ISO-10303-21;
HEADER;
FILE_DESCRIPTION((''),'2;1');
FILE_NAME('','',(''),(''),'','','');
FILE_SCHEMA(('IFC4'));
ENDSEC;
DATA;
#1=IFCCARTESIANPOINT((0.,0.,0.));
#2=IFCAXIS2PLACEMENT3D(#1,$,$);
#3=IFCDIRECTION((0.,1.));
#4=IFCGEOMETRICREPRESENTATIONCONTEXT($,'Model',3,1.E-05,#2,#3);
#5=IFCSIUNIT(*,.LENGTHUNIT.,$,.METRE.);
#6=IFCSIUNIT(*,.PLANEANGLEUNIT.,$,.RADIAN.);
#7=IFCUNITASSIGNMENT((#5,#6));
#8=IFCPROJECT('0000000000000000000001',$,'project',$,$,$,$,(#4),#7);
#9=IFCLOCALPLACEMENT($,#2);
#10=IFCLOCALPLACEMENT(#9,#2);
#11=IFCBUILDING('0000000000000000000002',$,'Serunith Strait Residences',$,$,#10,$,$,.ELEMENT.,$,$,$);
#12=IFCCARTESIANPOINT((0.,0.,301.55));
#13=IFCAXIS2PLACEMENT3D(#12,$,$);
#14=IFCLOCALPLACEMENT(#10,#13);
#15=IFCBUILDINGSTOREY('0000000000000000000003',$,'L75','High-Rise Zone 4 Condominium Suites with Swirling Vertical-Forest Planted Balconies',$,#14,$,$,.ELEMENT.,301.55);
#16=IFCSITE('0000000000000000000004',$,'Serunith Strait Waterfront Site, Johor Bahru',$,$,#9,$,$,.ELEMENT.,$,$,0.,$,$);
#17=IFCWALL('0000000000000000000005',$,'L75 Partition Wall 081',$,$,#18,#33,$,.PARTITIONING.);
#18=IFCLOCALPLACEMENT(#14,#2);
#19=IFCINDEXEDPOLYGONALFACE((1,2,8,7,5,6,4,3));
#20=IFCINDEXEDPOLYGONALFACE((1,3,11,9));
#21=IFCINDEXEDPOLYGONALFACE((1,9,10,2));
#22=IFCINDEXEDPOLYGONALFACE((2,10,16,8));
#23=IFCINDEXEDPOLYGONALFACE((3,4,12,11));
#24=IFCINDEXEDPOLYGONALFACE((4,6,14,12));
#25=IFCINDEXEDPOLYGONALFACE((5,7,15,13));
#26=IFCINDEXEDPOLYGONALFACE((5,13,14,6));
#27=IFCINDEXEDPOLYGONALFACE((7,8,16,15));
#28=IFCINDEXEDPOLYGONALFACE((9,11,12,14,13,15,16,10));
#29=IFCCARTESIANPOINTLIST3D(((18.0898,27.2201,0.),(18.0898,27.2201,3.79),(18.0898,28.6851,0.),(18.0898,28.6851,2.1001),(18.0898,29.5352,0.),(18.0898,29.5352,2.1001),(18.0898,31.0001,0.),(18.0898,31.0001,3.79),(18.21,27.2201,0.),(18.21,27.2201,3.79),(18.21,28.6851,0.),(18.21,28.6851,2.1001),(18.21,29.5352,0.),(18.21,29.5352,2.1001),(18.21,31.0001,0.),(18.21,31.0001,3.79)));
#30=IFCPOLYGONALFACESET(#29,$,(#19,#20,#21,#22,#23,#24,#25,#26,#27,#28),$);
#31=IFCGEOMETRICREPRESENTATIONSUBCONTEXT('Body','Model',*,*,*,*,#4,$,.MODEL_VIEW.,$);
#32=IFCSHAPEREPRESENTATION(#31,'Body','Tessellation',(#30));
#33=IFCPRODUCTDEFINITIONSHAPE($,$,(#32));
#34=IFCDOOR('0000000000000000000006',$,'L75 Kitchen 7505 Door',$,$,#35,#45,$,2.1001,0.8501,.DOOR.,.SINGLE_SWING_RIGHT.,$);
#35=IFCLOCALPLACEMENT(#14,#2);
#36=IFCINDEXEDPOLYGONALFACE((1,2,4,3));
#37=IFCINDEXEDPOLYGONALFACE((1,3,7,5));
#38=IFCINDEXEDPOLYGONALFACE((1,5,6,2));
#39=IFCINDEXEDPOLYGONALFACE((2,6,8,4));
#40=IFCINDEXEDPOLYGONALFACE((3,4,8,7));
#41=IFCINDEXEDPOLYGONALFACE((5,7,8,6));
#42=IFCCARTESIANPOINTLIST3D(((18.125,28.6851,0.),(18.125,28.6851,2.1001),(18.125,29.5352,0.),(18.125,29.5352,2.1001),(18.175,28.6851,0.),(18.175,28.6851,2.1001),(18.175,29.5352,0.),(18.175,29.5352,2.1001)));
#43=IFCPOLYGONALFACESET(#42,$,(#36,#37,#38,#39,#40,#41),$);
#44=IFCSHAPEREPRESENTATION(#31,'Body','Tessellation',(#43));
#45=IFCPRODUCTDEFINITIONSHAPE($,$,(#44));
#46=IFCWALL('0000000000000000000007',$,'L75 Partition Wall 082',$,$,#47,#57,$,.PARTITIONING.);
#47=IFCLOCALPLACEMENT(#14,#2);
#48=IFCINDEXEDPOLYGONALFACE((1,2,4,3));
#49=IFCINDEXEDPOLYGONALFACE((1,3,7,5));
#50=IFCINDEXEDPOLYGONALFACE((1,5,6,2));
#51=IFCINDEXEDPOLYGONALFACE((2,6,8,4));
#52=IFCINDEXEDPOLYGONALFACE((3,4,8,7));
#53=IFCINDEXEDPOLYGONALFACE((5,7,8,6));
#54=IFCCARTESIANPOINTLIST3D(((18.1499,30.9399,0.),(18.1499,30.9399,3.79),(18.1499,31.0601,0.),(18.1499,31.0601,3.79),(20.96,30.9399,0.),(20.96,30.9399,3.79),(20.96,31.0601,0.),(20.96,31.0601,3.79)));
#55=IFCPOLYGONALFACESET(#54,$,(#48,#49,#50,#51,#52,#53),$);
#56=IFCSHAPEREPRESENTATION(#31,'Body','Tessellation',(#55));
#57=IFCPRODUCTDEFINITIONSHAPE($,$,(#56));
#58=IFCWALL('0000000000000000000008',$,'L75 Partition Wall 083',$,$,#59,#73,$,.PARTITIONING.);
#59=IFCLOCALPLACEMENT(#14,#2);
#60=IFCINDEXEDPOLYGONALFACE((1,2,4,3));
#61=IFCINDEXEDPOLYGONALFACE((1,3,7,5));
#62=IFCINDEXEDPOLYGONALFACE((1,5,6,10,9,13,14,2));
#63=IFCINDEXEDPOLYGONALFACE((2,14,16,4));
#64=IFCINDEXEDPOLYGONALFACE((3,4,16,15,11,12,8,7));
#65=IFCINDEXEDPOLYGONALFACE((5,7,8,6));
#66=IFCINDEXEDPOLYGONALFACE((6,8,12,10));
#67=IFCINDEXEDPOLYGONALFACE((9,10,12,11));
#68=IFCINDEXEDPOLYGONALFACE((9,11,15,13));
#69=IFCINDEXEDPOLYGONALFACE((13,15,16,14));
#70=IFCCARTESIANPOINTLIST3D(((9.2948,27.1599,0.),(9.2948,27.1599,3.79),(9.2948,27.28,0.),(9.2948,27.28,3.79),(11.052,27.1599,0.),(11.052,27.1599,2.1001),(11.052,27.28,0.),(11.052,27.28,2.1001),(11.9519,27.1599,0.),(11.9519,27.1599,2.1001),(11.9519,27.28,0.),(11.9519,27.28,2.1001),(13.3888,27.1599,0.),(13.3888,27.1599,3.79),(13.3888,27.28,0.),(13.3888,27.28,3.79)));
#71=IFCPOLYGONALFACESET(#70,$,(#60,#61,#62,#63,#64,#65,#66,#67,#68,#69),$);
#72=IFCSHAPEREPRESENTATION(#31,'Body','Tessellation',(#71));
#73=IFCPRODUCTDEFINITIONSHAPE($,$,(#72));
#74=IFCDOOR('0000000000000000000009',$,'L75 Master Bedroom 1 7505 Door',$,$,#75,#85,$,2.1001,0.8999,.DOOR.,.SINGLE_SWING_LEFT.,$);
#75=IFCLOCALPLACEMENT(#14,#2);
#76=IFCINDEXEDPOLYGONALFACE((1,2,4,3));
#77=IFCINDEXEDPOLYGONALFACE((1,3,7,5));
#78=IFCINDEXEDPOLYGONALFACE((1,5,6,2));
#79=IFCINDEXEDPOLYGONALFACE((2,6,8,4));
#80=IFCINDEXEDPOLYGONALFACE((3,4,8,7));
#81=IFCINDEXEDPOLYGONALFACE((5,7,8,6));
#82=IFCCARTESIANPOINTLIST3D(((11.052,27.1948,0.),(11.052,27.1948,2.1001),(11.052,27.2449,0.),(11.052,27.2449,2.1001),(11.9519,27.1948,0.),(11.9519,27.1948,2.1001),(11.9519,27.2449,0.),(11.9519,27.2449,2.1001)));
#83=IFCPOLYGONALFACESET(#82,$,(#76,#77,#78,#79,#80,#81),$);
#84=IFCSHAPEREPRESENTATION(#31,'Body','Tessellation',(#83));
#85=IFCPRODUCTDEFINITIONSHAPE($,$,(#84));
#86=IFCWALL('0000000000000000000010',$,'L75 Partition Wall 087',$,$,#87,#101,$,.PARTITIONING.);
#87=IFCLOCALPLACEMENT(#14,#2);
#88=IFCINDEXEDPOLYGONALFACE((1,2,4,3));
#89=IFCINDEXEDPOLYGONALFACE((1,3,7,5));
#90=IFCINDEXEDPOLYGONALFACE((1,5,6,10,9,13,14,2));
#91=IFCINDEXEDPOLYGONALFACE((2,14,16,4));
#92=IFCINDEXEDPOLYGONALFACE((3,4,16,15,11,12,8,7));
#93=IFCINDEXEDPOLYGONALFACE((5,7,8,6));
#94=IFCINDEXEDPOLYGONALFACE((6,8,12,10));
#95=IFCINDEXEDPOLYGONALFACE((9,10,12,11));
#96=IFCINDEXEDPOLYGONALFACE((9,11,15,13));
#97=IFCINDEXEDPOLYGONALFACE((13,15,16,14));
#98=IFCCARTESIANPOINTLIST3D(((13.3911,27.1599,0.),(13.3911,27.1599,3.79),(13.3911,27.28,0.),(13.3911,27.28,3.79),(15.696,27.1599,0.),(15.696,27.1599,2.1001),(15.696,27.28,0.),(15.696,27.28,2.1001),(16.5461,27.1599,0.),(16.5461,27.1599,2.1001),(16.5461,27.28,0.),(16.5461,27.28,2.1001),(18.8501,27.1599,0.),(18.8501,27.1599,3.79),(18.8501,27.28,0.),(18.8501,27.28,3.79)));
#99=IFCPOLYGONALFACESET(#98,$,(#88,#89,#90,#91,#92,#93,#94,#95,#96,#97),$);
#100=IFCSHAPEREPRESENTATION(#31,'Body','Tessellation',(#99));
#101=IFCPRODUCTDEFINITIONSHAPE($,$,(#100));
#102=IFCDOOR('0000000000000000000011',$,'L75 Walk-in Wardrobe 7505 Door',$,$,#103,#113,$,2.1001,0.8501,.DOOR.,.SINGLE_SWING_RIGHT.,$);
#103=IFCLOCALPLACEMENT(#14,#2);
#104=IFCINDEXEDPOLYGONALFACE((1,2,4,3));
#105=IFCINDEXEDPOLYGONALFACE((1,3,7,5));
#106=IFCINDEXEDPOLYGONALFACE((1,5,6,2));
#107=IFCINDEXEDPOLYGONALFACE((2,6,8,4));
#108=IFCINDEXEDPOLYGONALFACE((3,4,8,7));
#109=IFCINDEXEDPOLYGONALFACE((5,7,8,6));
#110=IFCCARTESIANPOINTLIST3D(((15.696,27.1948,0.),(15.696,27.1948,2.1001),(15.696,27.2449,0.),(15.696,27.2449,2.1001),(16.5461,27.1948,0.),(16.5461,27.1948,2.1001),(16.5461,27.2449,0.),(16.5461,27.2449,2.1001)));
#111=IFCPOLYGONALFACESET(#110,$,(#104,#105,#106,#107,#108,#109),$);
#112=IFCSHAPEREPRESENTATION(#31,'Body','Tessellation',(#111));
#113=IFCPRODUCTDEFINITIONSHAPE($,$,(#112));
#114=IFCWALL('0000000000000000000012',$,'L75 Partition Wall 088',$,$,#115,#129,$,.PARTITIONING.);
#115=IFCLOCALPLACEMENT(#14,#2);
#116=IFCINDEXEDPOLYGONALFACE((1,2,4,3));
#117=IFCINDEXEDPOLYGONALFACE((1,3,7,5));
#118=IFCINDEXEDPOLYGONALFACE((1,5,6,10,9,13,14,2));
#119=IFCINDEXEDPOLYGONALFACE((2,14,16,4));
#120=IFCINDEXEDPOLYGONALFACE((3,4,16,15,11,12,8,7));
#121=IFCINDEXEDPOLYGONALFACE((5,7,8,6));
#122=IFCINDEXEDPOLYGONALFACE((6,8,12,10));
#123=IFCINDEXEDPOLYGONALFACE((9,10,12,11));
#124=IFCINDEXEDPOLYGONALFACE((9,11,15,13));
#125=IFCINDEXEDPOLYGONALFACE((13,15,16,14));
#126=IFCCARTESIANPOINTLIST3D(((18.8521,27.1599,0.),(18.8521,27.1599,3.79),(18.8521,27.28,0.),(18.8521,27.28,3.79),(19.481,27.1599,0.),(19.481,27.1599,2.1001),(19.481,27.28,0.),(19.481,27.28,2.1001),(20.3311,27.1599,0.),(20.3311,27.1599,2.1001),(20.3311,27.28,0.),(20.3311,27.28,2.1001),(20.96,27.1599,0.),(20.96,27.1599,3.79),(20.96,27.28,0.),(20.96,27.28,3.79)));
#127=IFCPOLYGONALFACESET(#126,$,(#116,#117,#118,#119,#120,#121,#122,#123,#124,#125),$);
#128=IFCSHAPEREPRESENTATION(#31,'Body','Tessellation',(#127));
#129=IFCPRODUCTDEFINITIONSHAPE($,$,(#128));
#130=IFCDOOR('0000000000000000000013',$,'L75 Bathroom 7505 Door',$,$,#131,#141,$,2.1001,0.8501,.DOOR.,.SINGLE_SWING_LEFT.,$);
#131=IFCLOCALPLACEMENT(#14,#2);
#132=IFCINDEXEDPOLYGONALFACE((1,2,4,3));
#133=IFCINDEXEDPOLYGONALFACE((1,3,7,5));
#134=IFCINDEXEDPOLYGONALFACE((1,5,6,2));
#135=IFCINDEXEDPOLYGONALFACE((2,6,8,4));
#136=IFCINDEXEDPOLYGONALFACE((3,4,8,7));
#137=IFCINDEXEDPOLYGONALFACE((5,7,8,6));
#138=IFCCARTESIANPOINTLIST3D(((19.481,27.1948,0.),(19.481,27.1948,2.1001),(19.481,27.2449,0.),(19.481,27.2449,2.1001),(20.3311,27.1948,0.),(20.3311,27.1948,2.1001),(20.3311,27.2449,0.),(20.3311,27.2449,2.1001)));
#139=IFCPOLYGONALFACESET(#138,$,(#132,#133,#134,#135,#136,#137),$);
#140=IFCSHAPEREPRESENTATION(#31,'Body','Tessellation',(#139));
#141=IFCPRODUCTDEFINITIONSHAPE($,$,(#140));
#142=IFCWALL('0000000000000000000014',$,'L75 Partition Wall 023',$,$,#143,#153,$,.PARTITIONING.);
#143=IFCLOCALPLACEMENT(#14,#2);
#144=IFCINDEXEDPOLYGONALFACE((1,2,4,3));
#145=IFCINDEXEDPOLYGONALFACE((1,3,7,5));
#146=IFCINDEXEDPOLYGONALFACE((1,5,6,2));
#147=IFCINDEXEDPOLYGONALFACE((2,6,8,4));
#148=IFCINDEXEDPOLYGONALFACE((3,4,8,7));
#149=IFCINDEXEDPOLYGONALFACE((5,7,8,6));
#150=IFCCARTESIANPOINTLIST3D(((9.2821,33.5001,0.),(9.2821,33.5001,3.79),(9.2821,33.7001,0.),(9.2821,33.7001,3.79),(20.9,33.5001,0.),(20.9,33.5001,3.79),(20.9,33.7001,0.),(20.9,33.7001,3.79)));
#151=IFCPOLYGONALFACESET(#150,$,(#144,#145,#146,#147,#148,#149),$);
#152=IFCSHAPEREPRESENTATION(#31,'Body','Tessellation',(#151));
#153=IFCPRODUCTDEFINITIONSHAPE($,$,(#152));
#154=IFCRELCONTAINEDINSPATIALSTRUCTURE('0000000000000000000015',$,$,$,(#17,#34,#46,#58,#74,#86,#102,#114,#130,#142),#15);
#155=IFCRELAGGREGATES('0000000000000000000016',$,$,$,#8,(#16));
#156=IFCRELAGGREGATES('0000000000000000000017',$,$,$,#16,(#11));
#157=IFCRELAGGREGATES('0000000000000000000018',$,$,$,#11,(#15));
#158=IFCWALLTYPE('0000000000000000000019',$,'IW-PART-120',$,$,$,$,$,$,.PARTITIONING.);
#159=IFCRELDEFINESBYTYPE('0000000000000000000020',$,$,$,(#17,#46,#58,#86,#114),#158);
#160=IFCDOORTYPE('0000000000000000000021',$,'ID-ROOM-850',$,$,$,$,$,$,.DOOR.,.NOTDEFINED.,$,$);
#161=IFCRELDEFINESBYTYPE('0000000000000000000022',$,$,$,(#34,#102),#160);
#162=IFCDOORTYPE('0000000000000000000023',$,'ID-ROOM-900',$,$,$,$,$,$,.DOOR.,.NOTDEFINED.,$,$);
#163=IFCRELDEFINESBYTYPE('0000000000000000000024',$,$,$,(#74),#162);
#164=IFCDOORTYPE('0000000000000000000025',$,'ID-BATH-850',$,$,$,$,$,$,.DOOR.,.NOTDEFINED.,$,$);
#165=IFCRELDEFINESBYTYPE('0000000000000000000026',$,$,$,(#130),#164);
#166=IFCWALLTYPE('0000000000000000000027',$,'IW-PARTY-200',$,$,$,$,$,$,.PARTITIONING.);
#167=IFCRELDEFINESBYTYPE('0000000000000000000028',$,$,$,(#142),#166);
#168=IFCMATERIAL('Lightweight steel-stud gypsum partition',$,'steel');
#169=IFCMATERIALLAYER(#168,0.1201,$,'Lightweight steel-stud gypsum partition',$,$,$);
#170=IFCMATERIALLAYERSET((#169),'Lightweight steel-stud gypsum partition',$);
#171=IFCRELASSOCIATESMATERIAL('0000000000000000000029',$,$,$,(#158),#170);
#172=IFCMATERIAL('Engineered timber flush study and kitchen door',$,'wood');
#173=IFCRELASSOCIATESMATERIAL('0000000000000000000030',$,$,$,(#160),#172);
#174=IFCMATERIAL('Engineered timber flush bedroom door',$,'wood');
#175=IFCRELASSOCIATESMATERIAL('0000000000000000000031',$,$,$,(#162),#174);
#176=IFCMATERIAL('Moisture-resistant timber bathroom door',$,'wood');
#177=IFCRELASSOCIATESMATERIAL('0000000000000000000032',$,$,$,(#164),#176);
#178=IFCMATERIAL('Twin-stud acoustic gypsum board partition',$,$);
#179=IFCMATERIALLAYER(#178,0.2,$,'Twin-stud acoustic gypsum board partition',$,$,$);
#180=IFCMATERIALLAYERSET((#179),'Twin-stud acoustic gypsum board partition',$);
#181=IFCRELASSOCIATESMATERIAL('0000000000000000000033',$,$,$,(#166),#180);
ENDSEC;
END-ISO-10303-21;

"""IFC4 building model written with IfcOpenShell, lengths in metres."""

from ifc_helpers import new_model, si_unit, direction, frame, frame_2d, origin, place, context, subcontext, project, spatial, rectangle, extrude, source, transform, mapped, material, layer, layer_set, type_object, element, fill, save


model = new_model("IFC4")

# Units and contexts
model_context = context("Model", 3, precision=1e-05, world=origin(), true_north=direction((0.0, 1.0)))
body_context = subcontext(model_context, "Body", "Model", "MODEL_VIEW")
ifc_project = project(units=[si_unit("LENGTHUNIT", "METRE"), si_unit("PLANEANGLEUNIT", "RADIAN")], contexts=[model_context])

# Site, building, storey
site_placement = place(None, origin())
site = spatial("IfcSite", under=ifc_project, at=site_placement, Name="Serunith Strait Waterfront Site, Johor Bahru", CompositionType="ELEMENT", RefElevation=0.0)
building_placement = place(site_placement, origin())
building = spatial("IfcBuilding", under=site, at=building_placement, Name="Serunith Strait Residences", CompositionType="ELEMENT")
storey_placement = place(building_placement, frame((0.0, 0.0, 301.55)))
storey = spatial("IfcBuildingStorey", under=building, at=storey_placement, Name="L75", Description="High-Rise Zone 4 Condominium Suites with Swirling Vertical-Forest Planted Balconies", CompositionType="ELEMENT", Elevation=301.55)

# Wall, opening, door
ifc_material_1 = material(Name="Lightweight steel-stud gypsum partition", Category="steel")
ifc_layer_1 = layer(ifc_material_1, 0.1201, Name="Lightweight steel-stud gypsum partition")
ifc_layer_set_1 = layer_set([ifc_layer_1], Name="Lightweight steel-stud gypsum partition")
wall_type_1 = type_object("IfcWallType", Name="IW-PART-120", PredefinedType="PARTITIONING", material=ifc_layer_set_1)
wall_1_placement = place(storey_placement, frame((18.1499, 27.22, 0.0), z_axis=(0.0, 0.0, 1.0), x_axis=(0.0, 1.0, 0.0)))
wall_1 = element("IfcWall", 1, at=wall_1_placement, inside=storey, type_object=wall_type_1, Name="L75 Partition Wall 081", PredefinedType="PARTITIONING", context=body_context, shape_type="SweptSolid", body=[
    extrude(rectangle(XDim=3.78, YDim=0.1201, at=frame_2d((1.8901, 0.0))), origin(), (0.0, 0.0, 1.0), 3.79),
])
opening_1_placement = place(wall_1_placement, frame((1.4651, 0.0, 0.0)))
opening_1 = element("IfcOpeningElement", 2, at=opening_1_placement, cuts=wall_1, PredefinedType="OPENING", context=body_context, shape_type="SweptSolid", body=[
    extrude(rectangle(XDim=0.8501, YDim=2.1001, at=frame_2d((0.425, 1.05))), frame((0.0, 0.0701, 0.0), z_axis=(0.0, -1.0, 0.0), x_axis=(1.0, 0.0, 0.0)), (0.0, 0.0, 1.0), 0.1401),
])
ifc_material_2 = material(Name="Engineered timber flush study and kitchen door", Category="wood")
door_type_1 = type_object("IfcDoorType", Name="ID-ROOM-850", OperationType="NOTDEFINED", PredefinedType="DOOR", material=ifc_material_2)
shared_shape_1 = source(origin(), body_context, "Body", "SweptSolid", [
    extrude(rectangle(XDim=0.8501, YDim=2.1001, at=frame_2d((0.425, 1.05))), frame((0.0, 0.0249, 0.0), z_axis=(0.0, -1.0, 0.0), x_axis=(1.0, 0.0, 0.0)), (0.0, 0.0, 1.0), 0.05),
])
door_1_placement = place(opening_1_placement, origin())
door_1 = element("IfcDoor", 3, at=door_1_placement, inside=storey, type_object=door_type_1, Name="L75 Kitchen 7505 Door", OperationType="SINGLE_SWING_RIGHT", OverallHeight=2.1001, OverallWidth=0.8501, PredefinedType="DOOR", context=body_context, shape_type="MappedRepresentation", body=[
    mapped(shared_shape_1, transform((0.0, 0.0, 0.0), scale=1.0)),
])
fill(opening_1, door_1)

# Wall
wall_2_placement = place(storey_placement, frame((18.1499, 31.0, 0.0), z_axis=(0.0, 0.0, 1.0), x_axis=(1.0, 0.0, 0.0)))
element("IfcWall", 4, at=wall_2_placement, inside=storey, type_object=wall_type_1, Name="L75 Partition Wall 082", PredefinedType="PARTITIONING", context=body_context, shape_type="SweptSolid", body=[
    extrude(rectangle(XDim=2.8101, YDim=0.1201, at=frame_2d((1.405, 0.0))), origin(), (0.0, 0.0, 1.0), 3.79),
])

# Walls, openings, doors
wall_3_placement = place(storey_placement, frame((9.2949, 27.22, 0.0), z_axis=(0.0, 0.0, 1.0), x_axis=(1.0, 0.0, 0.0)))
wall_3 = element("IfcWall", 5, at=wall_3_placement, inside=storey, type_object=wall_type_1, Name="L75 Partition Wall 083", PredefinedType="PARTITIONING", context=body_context, shape_type="SweptSolid", body=[
    extrude(rectangle(XDim=4.094, YDim=0.1201, at=frame_2d((2.0469, 0.0))), origin(), (0.0, 0.0, 1.0), 3.79),
])
opening_2_placement = place(wall_3_placement, frame((1.7571, 0.0, 0.0)))
opening_2 = element("IfcOpeningElement", 6, at=opening_2_placement, cuts=wall_3, PredefinedType="OPENING", context=body_context, shape_type="SweptSolid", body=[
    extrude(rectangle(XDim=0.8999, YDim=2.1001, at=frame_2d((0.45, 1.05))), frame((0.0, 0.0701, 0.0), z_axis=(0.0, -1.0, 0.0), x_axis=(1.0, 0.0, 0.0)), (0.0, 0.0, 1.0), 0.1401),
])
ifc_material_3 = material(Name="Engineered timber flush bedroom door", Category="wood")
door_type_2 = type_object("IfcDoorType", Name="ID-ROOM-900", OperationType="NOTDEFINED", PredefinedType="DOOR", material=ifc_material_3)
shared_shape_2 = source(origin(), body_context, "Body", "SweptSolid", [
    extrude(rectangle(XDim=0.8999, YDim=2.1001, at=frame_2d((0.45, 1.05))), frame((0.0, 0.0249, 0.0), z_axis=(0.0, -1.0, 0.0), x_axis=(1.0, 0.0, 0.0)), (0.0, 0.0, 1.0), 0.05),
])
door_2_placement = place(opening_2_placement, origin())
door_2 = element("IfcDoor", 7, at=door_2_placement, inside=storey, type_object=door_type_2, Name="L75 Master Bedroom 1 7505 Door", OperationType="SINGLE_SWING_LEFT", OverallHeight=2.1001, OverallWidth=0.8999, PredefinedType="DOOR", context=body_context, shape_type="MappedRepresentation", body=[
    mapped(shared_shape_2, transform((0.0, 0.0, 0.0), scale=1.0)),
])
fill(opening_2, door_2)
wall_4_placement = place(storey_placement, frame((13.3911, 27.22, 0.0), z_axis=(0.0, 0.0, 1.0), x_axis=(1.0, 0.0, 0.0)))
wall_4 = element("IfcWall", 8, at=wall_4_placement, inside=storey, type_object=wall_type_1, Name="L75 Partition Wall 087", PredefinedType="PARTITIONING", context=body_context, shape_type="SweptSolid", body=[
    extrude(rectangle(XDim=5.459, YDim=0.1201, at=frame_2d((2.7295, 0.0))), origin(), (0.0, 0.0, 1.0), 3.79),
])
opening_3_placement = place(wall_4_placement, frame((2.3049, 0.0, 0.0)))
opening_3 = element("IfcOpeningElement", 9, at=opening_3_placement, cuts=wall_4, PredefinedType="OPENING", context=body_context, shape_type="SweptSolid", body=[
    extrude(rectangle(XDim=0.8501, YDim=2.1001, at=frame_2d((0.425, 1.05))), frame((0.0, 0.0701, 0.0), z_axis=(0.0, -1.0, 0.0), x_axis=(1.0, 0.0, 0.0)), (0.0, 0.0, 1.0), 0.1401),
])
door_3_placement = place(opening_3_placement, origin())
door_3 = element("IfcDoor", 10, at=door_3_placement, inside=storey, type_object=door_type_1, Name="L75 Walk-in Wardrobe 7505 Door", OperationType="SINGLE_SWING_RIGHT", OverallHeight=2.1001, OverallWidth=0.8501, PredefinedType="DOOR", context=body_context, shape_type="MappedRepresentation", body=[
    mapped(shared_shape_1, transform((0.0, 0.0, 0.0), scale=1.0)),
])
fill(opening_3, door_3)
wall_5_placement = place(storey_placement, frame((18.8521, 27.22, 0.0), z_axis=(0.0, 0.0, 1.0), x_axis=(1.0, 0.0, 0.0)))
wall_5 = element("IfcWall", 11, at=wall_5_placement, inside=storey, type_object=wall_type_1, Name="L75 Partition Wall 088", PredefinedType="PARTITIONING", context=body_context, shape_type="SweptSolid", body=[
    extrude(rectangle(XDim=2.1079, YDim=0.1201, at=frame_2d((1.054, 0.0))), origin(), (0.0, 0.0, 1.0), 3.79),
])
opening_4_placement = place(wall_5_placement, frame((0.6289, 0.0, 0.0)))
opening_4 = element("IfcOpeningElement", 12, at=opening_4_placement, cuts=wall_5, PredefinedType="OPENING", context=body_context, shape_type="SweptSolid", body=[
    extrude(rectangle(XDim=0.8501, YDim=2.1001, at=frame_2d((0.425, 1.05))), frame((0.0, 0.0701, 0.0), z_axis=(0.0, -1.0, 0.0), x_axis=(1.0, 0.0, 0.0)), (0.0, 0.0, 1.0), 0.1401),
])
ifc_material_4 = material(Name="Moisture-resistant timber bathroom door", Category="wood")
door_type_3 = type_object("IfcDoorType", Name="ID-BATH-850", OperationType="NOTDEFINED", PredefinedType="DOOR", material=ifc_material_4)
door_4_placement = place(opening_4_placement, origin())
door_4 = element("IfcDoor", 13, at=door_4_placement, inside=storey, type_object=door_type_3, Name="L75 Bathroom 7505 Door", OperationType="SINGLE_SWING_LEFT", OverallHeight=2.1001, OverallWidth=0.8501, PredefinedType="DOOR", context=body_context, shape_type="MappedRepresentation", body=[
    mapped(shared_shape_1, transform((0.0, 0.0, 0.0), scale=1.0)),
])
fill(opening_4, door_4)

# Wall
ifc_material_5 = material(Name="Twin-stud acoustic gypsum board partition")
ifc_layer_2 = layer(ifc_material_5, 0.2, Name="Twin-stud acoustic gypsum board partition")
ifc_layer_set_2 = layer_set([ifc_layer_2], Name="Twin-stud acoustic gypsum board partition")
wall_type_2 = type_object("IfcWallType", Name="IW-PARTY-200", PredefinedType="PARTITIONING", material=ifc_layer_set_2)
wall_6_placement = place(storey_placement, frame((9.282, 33.6001, 0.0), z_axis=(0.0, 0.0, 1.0), x_axis=(1.0, 0.0, 0.0)))
element("IfcWall", 14, at=wall_6_placement, inside=storey, type_object=wall_type_2, Name="L75 Partition Wall 023", PredefinedType="PARTITIONING", context=body_context, shape_type="SweptSolid", body=[
    extrude(rectangle(XDim=11.6179, YDim=0.2, at=frame_2d((5.8091, 0.0))), origin(), (0.0, 0.0, 1.0), 3.79),
])

save(model, "model.ifc")
